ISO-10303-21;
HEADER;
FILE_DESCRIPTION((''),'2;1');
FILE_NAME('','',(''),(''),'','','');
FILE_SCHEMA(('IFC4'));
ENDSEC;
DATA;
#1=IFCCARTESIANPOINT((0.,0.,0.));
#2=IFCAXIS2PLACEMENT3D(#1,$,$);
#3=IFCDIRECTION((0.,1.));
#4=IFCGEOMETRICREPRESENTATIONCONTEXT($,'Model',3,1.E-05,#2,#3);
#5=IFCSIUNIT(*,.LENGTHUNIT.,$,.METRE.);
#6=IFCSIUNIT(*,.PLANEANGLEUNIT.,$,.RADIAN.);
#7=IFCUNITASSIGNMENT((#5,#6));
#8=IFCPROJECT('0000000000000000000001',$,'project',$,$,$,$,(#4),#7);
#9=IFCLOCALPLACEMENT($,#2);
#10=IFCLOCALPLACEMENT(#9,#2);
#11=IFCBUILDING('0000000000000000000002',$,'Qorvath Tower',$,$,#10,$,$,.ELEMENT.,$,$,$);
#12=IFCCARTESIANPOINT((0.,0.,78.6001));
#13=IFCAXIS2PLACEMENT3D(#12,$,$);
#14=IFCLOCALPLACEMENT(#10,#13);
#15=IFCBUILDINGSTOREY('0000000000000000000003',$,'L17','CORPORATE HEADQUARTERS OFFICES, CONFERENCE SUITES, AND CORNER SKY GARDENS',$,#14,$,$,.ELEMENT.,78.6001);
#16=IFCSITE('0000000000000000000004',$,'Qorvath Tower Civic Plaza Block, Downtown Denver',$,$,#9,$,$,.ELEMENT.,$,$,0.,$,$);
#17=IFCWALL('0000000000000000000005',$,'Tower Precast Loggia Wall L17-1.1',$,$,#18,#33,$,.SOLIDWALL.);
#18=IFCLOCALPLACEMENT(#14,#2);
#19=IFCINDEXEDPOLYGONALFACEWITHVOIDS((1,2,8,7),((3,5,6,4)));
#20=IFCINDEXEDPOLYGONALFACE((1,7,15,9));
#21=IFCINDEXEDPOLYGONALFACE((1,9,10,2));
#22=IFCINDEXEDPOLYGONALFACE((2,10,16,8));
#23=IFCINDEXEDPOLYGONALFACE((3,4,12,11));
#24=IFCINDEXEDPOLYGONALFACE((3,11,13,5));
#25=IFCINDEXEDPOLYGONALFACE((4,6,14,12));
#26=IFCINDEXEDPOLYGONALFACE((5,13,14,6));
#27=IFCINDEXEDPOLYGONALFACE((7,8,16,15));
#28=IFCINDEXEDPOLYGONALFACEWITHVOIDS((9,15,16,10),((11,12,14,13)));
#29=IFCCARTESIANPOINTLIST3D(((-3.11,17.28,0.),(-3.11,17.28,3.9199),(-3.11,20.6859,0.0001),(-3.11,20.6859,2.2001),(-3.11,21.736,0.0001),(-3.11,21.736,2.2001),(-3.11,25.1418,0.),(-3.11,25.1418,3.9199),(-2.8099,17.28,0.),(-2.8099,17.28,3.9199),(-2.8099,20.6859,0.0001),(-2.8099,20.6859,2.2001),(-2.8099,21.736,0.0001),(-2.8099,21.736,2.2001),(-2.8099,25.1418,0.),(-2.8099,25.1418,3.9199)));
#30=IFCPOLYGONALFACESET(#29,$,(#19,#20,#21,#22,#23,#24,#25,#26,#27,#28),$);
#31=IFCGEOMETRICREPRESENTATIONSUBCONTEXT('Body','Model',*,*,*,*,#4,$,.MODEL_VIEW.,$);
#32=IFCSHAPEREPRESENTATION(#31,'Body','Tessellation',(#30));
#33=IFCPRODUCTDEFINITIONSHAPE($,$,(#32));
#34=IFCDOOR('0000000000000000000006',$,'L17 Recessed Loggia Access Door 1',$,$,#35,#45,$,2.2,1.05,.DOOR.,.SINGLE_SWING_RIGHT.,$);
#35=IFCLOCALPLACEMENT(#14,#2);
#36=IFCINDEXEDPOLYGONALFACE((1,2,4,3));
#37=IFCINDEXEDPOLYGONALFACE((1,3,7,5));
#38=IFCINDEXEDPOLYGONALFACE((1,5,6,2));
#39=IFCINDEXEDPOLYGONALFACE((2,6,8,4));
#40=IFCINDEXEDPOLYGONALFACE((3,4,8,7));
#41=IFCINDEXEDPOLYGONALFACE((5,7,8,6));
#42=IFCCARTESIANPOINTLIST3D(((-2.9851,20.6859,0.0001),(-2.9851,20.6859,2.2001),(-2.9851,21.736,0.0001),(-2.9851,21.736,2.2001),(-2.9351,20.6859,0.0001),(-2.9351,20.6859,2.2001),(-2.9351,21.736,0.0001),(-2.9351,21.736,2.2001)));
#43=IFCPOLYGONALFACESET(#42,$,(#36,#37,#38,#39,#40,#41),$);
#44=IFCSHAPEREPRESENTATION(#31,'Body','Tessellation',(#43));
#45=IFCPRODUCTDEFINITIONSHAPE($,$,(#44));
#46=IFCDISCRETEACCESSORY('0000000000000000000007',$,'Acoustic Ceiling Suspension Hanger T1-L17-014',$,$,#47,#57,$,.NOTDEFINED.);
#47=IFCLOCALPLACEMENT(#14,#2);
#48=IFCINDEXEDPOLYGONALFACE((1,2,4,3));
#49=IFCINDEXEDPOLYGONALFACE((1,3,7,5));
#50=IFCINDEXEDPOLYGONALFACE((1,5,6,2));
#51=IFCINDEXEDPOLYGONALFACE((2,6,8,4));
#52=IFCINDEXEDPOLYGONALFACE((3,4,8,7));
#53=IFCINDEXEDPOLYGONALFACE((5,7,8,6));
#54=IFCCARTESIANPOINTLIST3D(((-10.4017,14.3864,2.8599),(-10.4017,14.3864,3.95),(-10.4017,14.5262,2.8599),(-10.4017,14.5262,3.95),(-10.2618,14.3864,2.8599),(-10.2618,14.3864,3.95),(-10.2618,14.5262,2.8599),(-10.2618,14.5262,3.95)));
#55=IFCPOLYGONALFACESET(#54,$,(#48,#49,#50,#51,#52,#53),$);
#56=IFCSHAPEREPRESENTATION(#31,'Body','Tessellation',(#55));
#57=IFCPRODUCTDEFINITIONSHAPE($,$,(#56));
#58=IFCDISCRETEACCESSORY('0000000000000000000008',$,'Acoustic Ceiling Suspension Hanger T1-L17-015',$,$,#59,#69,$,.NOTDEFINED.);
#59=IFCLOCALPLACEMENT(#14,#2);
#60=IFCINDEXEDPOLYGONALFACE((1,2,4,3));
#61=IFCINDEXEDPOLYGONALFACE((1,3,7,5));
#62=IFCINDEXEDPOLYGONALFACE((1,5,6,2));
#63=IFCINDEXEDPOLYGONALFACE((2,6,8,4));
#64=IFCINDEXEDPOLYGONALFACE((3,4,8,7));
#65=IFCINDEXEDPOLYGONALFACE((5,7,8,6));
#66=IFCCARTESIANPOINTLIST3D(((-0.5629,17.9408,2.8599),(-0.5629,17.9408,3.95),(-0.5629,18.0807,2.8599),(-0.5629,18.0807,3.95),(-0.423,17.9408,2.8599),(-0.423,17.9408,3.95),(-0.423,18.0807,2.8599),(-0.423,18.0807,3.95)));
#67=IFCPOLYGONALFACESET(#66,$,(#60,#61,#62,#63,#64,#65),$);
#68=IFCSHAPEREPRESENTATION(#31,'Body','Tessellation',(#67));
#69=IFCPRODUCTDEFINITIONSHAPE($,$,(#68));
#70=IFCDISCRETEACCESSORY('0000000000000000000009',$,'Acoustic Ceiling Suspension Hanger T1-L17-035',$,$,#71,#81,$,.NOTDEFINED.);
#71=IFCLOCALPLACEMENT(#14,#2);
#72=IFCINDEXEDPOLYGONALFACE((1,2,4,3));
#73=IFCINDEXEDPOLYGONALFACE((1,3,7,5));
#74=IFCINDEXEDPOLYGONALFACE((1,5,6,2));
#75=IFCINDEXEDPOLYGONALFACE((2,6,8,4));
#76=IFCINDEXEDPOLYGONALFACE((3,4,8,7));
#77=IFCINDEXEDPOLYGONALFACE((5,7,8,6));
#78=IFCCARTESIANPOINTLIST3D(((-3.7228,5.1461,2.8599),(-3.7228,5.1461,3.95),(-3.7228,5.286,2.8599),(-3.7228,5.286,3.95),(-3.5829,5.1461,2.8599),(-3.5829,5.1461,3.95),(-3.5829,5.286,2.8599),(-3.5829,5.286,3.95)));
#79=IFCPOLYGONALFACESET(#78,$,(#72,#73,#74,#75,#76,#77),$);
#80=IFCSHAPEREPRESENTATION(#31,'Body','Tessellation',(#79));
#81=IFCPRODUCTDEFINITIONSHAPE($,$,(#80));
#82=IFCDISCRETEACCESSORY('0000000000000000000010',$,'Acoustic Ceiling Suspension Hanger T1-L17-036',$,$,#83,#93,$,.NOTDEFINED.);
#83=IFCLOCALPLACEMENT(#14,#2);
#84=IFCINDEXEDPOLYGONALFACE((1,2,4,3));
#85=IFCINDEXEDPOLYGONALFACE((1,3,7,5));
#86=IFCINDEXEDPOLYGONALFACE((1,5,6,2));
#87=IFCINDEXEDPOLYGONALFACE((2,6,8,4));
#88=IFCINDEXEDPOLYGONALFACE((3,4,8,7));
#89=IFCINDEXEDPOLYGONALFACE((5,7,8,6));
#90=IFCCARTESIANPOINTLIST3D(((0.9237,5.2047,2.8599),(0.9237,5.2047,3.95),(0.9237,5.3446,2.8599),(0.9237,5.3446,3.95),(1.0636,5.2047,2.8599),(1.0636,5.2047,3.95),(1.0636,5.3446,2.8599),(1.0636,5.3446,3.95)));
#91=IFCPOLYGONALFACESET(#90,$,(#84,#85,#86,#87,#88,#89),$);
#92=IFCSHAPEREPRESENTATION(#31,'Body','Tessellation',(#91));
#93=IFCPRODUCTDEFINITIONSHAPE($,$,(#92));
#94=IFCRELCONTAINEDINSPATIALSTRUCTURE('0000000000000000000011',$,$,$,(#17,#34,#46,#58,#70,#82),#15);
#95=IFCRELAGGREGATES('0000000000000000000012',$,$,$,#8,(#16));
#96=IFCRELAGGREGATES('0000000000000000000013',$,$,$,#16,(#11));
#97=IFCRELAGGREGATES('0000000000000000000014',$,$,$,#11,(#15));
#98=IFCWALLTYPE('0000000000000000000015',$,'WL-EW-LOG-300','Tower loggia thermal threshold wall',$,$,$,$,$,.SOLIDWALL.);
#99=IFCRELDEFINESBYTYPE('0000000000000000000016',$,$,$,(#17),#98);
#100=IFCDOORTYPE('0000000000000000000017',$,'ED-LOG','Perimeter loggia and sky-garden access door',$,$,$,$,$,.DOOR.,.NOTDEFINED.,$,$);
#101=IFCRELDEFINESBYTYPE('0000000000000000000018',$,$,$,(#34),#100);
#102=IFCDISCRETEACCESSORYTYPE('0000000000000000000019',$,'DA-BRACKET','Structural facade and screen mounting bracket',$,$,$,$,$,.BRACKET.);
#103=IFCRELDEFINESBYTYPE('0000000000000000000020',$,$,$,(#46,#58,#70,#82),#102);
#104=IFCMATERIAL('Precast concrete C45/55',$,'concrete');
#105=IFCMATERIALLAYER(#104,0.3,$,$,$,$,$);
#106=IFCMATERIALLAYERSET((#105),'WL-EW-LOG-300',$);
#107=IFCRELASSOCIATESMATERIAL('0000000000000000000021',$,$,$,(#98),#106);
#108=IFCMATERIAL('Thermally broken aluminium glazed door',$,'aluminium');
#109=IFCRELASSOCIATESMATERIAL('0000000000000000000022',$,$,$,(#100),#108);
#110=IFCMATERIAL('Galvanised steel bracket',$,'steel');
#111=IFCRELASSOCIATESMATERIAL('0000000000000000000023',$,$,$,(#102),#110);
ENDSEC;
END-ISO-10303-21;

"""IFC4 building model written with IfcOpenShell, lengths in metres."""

from ifc_helpers import new_model, si_unit, direction, frame, frame_2d, origin, origin_2d, place, context, subcontext, project, spatial, rectangle, extrude, material, layer, layer_set, type_object, element, fill, save


model = new_model("IFC4")

# Units and contexts
model_context = context("Model", 3, precision=1e-05, world=origin(), true_north=direction((0.0, 1.0)))
body_context = subcontext(model_context, "Body", "Model", "MODEL_VIEW")
ifc_project = project(units=[si_unit("LENGTHUNIT", "METRE"), si_unit("PLANEANGLEUNIT", "RADIAN")], contexts=[model_context])

# Site, building, storey
site_placement = place(None, origin())
site = spatial("IfcSite", under=ifc_project, at=site_placement, Name="Qorvath Tower Civic Plaza Block, Downtown Denver", CompositionType="ELEMENT", RefElevation=0.0)
building_placement = place(site_placement, origin())
building = spatial("IfcBuilding", under=site, at=building_placement, Name="Qorvath Tower", CompositionType="ELEMENT")
storey_placement = place(building_placement, frame((0.0, 0.0, 78.6001)))
storey = spatial("IfcBuildingStorey", under=building, at=storey_placement, Name="L17", Description="CORPORATE HEADQUARTERS OFFICES, CONFERENCE SUITES, AND CORNER SKY GARDENS", CompositionType="ELEMENT", Elevation=78.6001)

# Wall, opening, door
ifc_material_1 = material(Name="Precast concrete C45/55", Category="concrete")
ifc_layer_1 = layer(ifc_material_1, 0.3)
ifc_layer_set_1 = layer_set([ifc_layer_1], Name="WL-EW-LOG-300")
wall_type = type_object("IfcWallType", Name="WL-EW-LOG-300", Description="Tower loggia thermal threshold wall", PredefinedType="SOLIDWALL", material=ifc_layer_set_1)
wall_placement = place(storey_placement, frame((-2.96, 25.1418, 0.0), z_axis=(0.0, 0.0, 1.0), x_axis=(0.0, -1.0, 0.0)))
wall = element("IfcWall", 1, at=wall_placement, inside=storey, type_object=wall_type, Name="Tower Precast Loggia Wall L17-1.1", PredefinedType="SOLIDWALL", context=body_context, shape_type="SweptSolid", body=[
    extrude(rectangle(XDim=7.8618, YDim=0.3, at=frame_2d((3.9309, 0.0))), origin(), (0.0, 0.0, 1.0), 3.9199),
])
opening_placement = place(wall_placement, frame((3.406, 0.0, 0.0)))
opening = element("IfcOpeningElement", 2, at=opening_placement, cuts=wall, PredefinedType="OPENING", context=body_context, shape_type="SweptSolid", body=[
    extrude(rectangle(XDim=1.05, YDim=2.2, at=frame_2d((0.5249, 1.1001))), frame((0.0, 0.1602, 0.0), z_axis=(0.0, -1.0, 0.0), x_axis=(1.0, 0.0, 0.0)), (0.0, 0.0, 1.0), 0.3201),
])
ifc_material_2 = material(Name="Thermally broken aluminium glazed door", Category="aluminium")
door_type = type_object("IfcDoorType", Name="ED-LOG", Description="Perimeter loggia and sky-garden access door", OperationType="NOTDEFINED", PredefinedType="DOOR", material=ifc_material_2)
door_placement = place(opening_placement, origin())
door = element("IfcDoor", 3, at=door_placement, inside=storey, type_object=door_type, Name="L17 Recessed Loggia Access Door 1", OperationType="SINGLE_SWING_RIGHT", OverallHeight=2.2, OverallWidth=1.05, PredefinedType="DOOR", context=body_context, shape_type="SweptSolid", body=[
    extrude(rectangle(XDim=1.05, YDim=2.2, at=frame_2d((0.5249, 1.1001))), frame((0.0, 0.0249, 0.0), z_axis=(0.0, -1.0, 0.0), x_axis=(1.0, 0.0, 0.0)), (0.0, 0.0, 1.0), 0.05),
])
fill(opening, door)

# Discrete accessories
ifc_material_3 = material(Name="Galvanised steel bracket", Category="steel")
discrete_accessory_type = type_object("IfcDiscreteAccessoryType", Name="DA-BRACKET", Description="Structural facade and screen mounting bracket", PredefinedType="BRACKET", material=ifc_material_3)
for number, where, z_axis, x_axis, name in (
    (4, (-10.3318, 14.4563, 2.8599), (0.0, 0.0, 1.0), (1.0, 0.0, 0.0), "Acoustic Ceiling Suspension Hanger T1-L17-014"),
    (5, (-0.4929, 18.0107, 2.8599), (0.0, 0.0, 1.0), (1.0, 0.0, 0.0), "Acoustic Ceiling Suspension Hanger T1-L17-015"),
    (6, (-3.6528, 5.2161, 2.8599), (0.0, 0.0, 1.0), (1.0, 0.0, 0.0), "Acoustic Ceiling Suspension Hanger T1-L17-035"),
    (7, (0.9937, 5.2747, 2.8599), (0.0, 0.0, 1.0), (1.0, 0.0, 0.0), "Acoustic Ceiling Suspension Hanger T1-L17-036"),
):
    element("IfcDiscreteAccessory", number, at=place(storey_placement, frame(where, z_axis=z_axis, x_axis=x_axis)), inside=storey, type_object=discrete_accessory_type, Name=name, PredefinedType="NOTDEFINED", context=body_context, shape_type="SweptSolid", body=[
        extrude(rectangle(XDim=0.1399, YDim=0.1399, at=origin_2d()), origin(), (0.0, 0.0, 1.0), 1.0901),
    ])

save(model, "model.ifc")
